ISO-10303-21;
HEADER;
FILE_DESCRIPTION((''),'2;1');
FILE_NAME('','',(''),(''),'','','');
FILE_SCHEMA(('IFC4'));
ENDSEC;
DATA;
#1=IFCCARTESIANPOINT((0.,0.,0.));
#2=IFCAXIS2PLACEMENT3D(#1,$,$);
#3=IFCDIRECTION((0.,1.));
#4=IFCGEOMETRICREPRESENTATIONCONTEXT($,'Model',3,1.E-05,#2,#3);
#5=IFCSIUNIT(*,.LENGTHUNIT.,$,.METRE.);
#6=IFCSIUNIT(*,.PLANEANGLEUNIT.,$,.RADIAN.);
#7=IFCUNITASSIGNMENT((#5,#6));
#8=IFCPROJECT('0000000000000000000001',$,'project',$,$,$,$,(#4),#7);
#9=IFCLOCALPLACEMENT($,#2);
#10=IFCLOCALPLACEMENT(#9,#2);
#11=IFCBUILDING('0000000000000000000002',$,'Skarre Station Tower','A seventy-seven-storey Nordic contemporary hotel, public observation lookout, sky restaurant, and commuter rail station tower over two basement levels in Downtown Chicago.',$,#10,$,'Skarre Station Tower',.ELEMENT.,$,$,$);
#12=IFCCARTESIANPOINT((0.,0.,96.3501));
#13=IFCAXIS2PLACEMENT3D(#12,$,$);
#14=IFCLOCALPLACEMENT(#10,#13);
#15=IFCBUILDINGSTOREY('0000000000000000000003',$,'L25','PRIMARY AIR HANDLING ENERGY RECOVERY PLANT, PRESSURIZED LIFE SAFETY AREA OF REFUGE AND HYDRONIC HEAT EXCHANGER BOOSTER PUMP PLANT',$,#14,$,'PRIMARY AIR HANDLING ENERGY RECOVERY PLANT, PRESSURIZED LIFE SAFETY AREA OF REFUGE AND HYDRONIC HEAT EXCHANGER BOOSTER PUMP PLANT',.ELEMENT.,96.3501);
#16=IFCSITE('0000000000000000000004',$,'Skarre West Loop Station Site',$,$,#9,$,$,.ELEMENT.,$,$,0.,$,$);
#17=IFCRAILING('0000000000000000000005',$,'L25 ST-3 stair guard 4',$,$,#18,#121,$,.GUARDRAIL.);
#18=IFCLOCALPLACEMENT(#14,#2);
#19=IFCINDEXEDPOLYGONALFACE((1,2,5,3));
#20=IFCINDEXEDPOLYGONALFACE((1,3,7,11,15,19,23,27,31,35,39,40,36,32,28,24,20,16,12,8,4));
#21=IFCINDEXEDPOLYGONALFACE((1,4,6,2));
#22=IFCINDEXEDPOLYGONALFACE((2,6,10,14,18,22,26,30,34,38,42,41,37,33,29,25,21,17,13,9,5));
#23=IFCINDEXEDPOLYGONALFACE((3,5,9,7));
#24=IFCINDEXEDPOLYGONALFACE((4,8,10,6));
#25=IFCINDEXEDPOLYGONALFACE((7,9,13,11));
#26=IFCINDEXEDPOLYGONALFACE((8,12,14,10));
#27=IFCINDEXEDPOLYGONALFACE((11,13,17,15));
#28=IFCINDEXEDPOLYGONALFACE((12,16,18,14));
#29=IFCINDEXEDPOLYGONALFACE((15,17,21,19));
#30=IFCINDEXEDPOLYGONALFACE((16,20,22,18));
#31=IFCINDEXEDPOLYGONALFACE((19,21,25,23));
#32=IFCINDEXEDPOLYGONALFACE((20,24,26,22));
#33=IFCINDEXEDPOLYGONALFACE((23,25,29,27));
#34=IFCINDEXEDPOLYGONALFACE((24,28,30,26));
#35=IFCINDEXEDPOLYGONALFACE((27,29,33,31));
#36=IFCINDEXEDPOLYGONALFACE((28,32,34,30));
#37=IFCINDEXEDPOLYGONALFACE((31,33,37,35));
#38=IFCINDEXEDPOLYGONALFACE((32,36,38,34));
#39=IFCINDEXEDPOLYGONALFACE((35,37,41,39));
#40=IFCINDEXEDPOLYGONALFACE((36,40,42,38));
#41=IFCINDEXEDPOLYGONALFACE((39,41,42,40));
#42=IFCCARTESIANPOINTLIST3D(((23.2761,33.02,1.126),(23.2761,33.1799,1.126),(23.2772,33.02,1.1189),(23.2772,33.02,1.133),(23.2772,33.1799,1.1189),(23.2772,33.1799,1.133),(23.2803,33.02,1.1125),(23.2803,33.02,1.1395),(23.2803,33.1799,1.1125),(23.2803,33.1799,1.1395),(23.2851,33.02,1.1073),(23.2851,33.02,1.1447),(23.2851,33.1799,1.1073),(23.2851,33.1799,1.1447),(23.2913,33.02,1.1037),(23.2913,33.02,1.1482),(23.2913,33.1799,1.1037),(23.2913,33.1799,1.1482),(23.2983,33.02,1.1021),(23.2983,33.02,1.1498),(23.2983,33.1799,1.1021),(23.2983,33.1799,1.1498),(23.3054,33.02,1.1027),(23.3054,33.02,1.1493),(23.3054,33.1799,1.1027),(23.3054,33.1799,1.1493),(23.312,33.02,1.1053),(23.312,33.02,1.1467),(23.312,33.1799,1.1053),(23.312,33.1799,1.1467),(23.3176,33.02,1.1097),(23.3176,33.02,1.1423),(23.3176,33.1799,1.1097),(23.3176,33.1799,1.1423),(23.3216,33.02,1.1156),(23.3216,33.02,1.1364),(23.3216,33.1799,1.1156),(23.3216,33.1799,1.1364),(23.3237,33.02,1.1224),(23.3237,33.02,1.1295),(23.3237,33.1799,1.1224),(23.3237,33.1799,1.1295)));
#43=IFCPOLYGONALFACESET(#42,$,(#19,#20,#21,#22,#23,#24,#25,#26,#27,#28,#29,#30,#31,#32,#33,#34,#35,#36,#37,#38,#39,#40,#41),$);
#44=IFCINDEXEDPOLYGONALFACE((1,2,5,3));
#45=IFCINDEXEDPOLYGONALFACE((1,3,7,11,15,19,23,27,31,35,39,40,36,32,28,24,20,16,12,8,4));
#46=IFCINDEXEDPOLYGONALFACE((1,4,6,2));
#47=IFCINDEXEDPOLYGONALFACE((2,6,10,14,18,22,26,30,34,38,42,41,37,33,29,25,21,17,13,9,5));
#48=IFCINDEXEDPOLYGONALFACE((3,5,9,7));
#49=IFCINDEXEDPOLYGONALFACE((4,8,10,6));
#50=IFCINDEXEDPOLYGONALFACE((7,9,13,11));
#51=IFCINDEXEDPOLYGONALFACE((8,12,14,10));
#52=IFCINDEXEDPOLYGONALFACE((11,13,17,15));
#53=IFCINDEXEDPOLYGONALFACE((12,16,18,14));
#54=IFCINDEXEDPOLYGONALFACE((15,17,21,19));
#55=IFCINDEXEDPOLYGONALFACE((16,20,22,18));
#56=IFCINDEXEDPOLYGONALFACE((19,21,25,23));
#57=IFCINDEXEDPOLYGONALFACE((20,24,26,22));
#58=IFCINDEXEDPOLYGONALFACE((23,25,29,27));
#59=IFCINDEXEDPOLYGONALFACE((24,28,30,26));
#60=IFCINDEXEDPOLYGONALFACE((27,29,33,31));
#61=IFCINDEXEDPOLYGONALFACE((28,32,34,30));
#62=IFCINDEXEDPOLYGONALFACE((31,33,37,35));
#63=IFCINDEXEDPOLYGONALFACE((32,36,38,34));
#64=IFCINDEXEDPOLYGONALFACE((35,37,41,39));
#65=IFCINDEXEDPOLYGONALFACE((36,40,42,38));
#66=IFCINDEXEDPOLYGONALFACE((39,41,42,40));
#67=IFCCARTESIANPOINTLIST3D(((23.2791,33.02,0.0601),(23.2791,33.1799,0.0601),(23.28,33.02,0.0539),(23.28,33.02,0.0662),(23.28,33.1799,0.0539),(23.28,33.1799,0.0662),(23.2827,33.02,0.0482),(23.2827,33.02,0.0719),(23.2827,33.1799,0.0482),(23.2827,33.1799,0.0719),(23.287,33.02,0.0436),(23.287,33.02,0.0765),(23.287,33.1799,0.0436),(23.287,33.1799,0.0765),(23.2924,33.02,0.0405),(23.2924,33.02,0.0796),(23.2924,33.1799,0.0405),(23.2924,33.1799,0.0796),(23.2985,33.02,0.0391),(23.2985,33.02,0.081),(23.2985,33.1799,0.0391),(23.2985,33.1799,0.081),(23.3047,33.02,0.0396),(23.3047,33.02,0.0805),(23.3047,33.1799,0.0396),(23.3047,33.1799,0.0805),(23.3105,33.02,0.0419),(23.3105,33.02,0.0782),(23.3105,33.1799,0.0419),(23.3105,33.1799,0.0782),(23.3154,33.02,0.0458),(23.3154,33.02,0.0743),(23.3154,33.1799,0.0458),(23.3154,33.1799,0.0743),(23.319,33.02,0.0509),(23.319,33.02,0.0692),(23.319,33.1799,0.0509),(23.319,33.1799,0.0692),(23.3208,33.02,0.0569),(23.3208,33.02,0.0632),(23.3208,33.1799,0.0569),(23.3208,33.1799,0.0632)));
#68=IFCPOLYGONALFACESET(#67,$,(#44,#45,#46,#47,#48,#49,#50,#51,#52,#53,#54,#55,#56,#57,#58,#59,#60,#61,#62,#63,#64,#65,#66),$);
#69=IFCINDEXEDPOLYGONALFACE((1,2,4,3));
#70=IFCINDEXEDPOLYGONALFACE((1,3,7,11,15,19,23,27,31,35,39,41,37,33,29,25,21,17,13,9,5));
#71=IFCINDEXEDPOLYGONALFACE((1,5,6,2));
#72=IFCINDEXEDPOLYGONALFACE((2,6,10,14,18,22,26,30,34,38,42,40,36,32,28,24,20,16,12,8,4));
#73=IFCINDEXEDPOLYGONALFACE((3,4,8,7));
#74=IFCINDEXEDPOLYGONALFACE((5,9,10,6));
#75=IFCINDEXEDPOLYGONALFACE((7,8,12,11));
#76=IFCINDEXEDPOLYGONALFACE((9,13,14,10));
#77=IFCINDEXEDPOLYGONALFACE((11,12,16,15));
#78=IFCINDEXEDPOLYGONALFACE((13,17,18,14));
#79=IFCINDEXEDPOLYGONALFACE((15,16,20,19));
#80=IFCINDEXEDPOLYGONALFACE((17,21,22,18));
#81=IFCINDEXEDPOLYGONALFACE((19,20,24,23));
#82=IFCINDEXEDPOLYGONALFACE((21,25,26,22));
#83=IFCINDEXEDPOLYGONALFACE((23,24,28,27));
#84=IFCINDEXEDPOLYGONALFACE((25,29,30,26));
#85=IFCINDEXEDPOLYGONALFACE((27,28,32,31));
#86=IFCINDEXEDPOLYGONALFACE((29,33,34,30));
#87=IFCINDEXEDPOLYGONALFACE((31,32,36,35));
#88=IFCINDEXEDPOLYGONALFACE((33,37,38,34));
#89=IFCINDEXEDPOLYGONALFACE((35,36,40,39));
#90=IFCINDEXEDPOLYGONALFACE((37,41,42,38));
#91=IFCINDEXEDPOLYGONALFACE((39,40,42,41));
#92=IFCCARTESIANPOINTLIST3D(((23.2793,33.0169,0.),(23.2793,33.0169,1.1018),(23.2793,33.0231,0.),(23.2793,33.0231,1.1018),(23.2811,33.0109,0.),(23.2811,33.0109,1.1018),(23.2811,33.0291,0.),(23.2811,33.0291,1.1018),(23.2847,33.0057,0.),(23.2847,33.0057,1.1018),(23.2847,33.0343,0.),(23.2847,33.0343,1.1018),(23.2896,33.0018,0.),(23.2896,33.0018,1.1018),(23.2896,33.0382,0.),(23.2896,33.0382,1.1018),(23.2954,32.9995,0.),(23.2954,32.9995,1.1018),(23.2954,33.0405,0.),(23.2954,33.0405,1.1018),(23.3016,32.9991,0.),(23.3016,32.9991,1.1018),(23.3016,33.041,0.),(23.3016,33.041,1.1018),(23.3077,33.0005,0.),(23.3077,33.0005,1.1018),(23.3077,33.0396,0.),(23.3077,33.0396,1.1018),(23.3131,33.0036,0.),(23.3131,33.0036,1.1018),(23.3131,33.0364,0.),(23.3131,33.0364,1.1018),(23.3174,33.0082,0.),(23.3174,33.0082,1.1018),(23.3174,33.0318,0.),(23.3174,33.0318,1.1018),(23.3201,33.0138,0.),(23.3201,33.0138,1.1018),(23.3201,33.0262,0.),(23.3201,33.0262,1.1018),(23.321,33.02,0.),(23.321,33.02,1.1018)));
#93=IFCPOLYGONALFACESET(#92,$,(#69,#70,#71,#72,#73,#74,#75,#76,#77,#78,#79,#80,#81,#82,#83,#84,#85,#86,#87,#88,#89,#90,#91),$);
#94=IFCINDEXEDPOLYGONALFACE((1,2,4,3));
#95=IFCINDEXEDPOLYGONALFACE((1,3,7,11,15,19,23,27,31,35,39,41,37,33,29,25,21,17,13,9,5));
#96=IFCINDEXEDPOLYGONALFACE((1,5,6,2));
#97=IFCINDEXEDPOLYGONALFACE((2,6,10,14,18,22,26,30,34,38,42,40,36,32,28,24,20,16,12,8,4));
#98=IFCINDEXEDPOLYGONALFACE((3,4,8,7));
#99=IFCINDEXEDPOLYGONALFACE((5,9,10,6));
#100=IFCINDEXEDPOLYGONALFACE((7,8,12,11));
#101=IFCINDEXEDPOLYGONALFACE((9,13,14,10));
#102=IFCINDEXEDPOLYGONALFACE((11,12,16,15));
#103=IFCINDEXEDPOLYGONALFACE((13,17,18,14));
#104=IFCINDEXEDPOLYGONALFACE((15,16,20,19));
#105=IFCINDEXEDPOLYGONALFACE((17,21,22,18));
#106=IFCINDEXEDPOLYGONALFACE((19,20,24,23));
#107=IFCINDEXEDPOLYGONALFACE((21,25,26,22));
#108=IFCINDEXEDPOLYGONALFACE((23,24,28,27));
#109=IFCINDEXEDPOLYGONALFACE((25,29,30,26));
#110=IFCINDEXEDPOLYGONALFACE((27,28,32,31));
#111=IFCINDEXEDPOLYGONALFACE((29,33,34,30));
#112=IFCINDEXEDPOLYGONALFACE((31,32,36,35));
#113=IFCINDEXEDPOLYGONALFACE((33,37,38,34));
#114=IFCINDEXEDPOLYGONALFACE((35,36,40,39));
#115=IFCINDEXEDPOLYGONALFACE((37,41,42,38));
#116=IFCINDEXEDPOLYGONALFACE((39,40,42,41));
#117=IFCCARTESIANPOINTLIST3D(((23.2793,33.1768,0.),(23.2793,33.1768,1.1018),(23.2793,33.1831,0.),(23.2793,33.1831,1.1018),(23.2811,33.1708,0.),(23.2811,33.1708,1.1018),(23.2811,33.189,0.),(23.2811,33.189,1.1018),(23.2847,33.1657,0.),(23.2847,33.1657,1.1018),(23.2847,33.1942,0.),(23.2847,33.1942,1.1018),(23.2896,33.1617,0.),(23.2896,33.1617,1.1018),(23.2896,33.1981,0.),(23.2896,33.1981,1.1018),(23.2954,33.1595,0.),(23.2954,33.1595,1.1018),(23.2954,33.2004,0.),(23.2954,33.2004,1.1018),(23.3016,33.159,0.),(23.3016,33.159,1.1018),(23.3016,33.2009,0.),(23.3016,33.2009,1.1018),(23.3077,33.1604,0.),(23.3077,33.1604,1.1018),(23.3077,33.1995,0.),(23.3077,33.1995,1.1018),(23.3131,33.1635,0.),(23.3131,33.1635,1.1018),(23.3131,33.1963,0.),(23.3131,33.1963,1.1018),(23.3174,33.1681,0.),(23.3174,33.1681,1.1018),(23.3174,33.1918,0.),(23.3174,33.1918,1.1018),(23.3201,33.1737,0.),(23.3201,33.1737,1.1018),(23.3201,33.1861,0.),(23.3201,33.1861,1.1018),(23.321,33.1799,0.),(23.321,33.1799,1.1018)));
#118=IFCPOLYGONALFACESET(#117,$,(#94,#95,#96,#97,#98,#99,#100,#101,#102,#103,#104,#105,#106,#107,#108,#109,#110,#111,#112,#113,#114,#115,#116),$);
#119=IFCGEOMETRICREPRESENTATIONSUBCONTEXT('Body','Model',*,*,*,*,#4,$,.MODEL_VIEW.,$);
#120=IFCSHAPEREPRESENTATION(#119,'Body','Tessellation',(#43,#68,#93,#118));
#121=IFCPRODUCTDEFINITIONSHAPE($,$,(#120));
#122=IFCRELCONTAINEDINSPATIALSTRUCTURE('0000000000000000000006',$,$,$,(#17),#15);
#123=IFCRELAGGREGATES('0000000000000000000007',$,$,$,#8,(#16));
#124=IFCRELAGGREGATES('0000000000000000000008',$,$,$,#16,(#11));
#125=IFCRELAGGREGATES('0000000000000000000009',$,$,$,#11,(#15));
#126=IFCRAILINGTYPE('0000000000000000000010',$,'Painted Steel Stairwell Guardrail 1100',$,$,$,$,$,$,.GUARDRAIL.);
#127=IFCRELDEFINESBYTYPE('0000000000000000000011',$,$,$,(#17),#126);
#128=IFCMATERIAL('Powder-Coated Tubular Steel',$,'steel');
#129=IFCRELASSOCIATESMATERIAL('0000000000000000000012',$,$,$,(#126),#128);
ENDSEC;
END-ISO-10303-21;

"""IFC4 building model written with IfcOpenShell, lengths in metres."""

from ifc_helpers import new_model, si_unit, direction, frame, origin, origin_2d, place, context, subcontext, project, spatial, circle, extrude, material, type_object, element, save


model = new_model("IFC4")

# Units and contexts
model_context = context("Model", 3, precision=1e-05, world=origin(), true_north=direction((0.0, 1.0)))
body_context = subcontext(model_context, "Body", "Model", "MODEL_VIEW")
ifc_project = project(units=[si_unit("LENGTHUNIT", "METRE"), si_unit("PLANEANGLEUNIT", "RADIAN")], contexts=[model_context])

# Site, building, storey
site_placement = place(None, origin())
site = spatial("IfcSite", under=ifc_project, at=site_placement, Name="Skarre West Loop Station Site", CompositionType="ELEMENT", RefElevation=0.0)
building_placement = place(site_placement, origin())
building = spatial("IfcBuilding", under=site, at=building_placement, Name="Skarre Station Tower", Description="A seventy-seven-storey Nordic contemporary hotel, public observation lookout, sky restaurant, and commuter rail station tower over two basement levels in Downtown Chicago.", LongName="Skarre Station Tower", CompositionType="ELEMENT")
storey_placement = place(building_placement, frame((0.0, 0.0, 96.3501)))
storey = spatial("IfcBuildingStorey", under=building, at=storey_placement, Name="L25", Description="PRIMARY AIR HANDLING ENERGY RECOVERY PLANT, PRESSURIZED LIFE SAFETY AREA OF REFUGE AND HYDRONIC HEAT EXCHANGER BOOSTER PUMP PLANT", LongName="PRIMARY AIR HANDLING ENERGY RECOVERY PLANT, PRESSURIZED LIFE SAFETY AREA OF REFUGE AND HYDRONIC HEAT EXCHANGER BOOSTER PUMP PLANT", CompositionType="ELEMENT", Elevation=96.3501)

# Railing
ifc_material_1 = material(Name="Powder-Coated Tubular Steel", Category="steel")
railing_type_1 = type_object("IfcRailingType", Name="Painted Steel Stairwell Guardrail 1100", PredefinedType="GUARDRAIL", material=ifc_material_1)
for number, where, name in (
    (1, (23.3, 33.02, 0.0), "L25 ST-3 stair guard 4"),
):
    element("IfcRailing", number, at=place(storey_placement, frame(where)), inside=storey, type_object=railing_type_1, Name=name, PredefinedType="GUARDRAIL", context=body_context, shape_type="SweptSolid", body=[
        extrude(circle(Radius=0.0239, at=origin_2d()), frame((0.0, 0.0, 1.126), z_axis=(0.0, 1.0, 0.0), x_axis=(-1.0, 0.0, 0.0)), (0.0, 0.0, 1.0), 0.1599),
        extrude(circle(Radius=0.021, at=origin_2d()), frame((0.0, 0.0, 0.0601), z_axis=(0.0, 1.0, 0.0), x_axis=(-1.0, 0.0, 0.0)), (0.0, 0.0, 1.0), 0.1599),
        extrude(circle(Radius=0.021, at=origin_2d()), origin(), (0.0, 0.0, 1.0), 1.1018),
        extrude(circle(Radius=0.021, at=origin_2d()), frame((0.0, 0.1599, 0.0)), (0.0, 0.0, 1.0), 1.1018),
    ])

save(model, "model.ifc")
